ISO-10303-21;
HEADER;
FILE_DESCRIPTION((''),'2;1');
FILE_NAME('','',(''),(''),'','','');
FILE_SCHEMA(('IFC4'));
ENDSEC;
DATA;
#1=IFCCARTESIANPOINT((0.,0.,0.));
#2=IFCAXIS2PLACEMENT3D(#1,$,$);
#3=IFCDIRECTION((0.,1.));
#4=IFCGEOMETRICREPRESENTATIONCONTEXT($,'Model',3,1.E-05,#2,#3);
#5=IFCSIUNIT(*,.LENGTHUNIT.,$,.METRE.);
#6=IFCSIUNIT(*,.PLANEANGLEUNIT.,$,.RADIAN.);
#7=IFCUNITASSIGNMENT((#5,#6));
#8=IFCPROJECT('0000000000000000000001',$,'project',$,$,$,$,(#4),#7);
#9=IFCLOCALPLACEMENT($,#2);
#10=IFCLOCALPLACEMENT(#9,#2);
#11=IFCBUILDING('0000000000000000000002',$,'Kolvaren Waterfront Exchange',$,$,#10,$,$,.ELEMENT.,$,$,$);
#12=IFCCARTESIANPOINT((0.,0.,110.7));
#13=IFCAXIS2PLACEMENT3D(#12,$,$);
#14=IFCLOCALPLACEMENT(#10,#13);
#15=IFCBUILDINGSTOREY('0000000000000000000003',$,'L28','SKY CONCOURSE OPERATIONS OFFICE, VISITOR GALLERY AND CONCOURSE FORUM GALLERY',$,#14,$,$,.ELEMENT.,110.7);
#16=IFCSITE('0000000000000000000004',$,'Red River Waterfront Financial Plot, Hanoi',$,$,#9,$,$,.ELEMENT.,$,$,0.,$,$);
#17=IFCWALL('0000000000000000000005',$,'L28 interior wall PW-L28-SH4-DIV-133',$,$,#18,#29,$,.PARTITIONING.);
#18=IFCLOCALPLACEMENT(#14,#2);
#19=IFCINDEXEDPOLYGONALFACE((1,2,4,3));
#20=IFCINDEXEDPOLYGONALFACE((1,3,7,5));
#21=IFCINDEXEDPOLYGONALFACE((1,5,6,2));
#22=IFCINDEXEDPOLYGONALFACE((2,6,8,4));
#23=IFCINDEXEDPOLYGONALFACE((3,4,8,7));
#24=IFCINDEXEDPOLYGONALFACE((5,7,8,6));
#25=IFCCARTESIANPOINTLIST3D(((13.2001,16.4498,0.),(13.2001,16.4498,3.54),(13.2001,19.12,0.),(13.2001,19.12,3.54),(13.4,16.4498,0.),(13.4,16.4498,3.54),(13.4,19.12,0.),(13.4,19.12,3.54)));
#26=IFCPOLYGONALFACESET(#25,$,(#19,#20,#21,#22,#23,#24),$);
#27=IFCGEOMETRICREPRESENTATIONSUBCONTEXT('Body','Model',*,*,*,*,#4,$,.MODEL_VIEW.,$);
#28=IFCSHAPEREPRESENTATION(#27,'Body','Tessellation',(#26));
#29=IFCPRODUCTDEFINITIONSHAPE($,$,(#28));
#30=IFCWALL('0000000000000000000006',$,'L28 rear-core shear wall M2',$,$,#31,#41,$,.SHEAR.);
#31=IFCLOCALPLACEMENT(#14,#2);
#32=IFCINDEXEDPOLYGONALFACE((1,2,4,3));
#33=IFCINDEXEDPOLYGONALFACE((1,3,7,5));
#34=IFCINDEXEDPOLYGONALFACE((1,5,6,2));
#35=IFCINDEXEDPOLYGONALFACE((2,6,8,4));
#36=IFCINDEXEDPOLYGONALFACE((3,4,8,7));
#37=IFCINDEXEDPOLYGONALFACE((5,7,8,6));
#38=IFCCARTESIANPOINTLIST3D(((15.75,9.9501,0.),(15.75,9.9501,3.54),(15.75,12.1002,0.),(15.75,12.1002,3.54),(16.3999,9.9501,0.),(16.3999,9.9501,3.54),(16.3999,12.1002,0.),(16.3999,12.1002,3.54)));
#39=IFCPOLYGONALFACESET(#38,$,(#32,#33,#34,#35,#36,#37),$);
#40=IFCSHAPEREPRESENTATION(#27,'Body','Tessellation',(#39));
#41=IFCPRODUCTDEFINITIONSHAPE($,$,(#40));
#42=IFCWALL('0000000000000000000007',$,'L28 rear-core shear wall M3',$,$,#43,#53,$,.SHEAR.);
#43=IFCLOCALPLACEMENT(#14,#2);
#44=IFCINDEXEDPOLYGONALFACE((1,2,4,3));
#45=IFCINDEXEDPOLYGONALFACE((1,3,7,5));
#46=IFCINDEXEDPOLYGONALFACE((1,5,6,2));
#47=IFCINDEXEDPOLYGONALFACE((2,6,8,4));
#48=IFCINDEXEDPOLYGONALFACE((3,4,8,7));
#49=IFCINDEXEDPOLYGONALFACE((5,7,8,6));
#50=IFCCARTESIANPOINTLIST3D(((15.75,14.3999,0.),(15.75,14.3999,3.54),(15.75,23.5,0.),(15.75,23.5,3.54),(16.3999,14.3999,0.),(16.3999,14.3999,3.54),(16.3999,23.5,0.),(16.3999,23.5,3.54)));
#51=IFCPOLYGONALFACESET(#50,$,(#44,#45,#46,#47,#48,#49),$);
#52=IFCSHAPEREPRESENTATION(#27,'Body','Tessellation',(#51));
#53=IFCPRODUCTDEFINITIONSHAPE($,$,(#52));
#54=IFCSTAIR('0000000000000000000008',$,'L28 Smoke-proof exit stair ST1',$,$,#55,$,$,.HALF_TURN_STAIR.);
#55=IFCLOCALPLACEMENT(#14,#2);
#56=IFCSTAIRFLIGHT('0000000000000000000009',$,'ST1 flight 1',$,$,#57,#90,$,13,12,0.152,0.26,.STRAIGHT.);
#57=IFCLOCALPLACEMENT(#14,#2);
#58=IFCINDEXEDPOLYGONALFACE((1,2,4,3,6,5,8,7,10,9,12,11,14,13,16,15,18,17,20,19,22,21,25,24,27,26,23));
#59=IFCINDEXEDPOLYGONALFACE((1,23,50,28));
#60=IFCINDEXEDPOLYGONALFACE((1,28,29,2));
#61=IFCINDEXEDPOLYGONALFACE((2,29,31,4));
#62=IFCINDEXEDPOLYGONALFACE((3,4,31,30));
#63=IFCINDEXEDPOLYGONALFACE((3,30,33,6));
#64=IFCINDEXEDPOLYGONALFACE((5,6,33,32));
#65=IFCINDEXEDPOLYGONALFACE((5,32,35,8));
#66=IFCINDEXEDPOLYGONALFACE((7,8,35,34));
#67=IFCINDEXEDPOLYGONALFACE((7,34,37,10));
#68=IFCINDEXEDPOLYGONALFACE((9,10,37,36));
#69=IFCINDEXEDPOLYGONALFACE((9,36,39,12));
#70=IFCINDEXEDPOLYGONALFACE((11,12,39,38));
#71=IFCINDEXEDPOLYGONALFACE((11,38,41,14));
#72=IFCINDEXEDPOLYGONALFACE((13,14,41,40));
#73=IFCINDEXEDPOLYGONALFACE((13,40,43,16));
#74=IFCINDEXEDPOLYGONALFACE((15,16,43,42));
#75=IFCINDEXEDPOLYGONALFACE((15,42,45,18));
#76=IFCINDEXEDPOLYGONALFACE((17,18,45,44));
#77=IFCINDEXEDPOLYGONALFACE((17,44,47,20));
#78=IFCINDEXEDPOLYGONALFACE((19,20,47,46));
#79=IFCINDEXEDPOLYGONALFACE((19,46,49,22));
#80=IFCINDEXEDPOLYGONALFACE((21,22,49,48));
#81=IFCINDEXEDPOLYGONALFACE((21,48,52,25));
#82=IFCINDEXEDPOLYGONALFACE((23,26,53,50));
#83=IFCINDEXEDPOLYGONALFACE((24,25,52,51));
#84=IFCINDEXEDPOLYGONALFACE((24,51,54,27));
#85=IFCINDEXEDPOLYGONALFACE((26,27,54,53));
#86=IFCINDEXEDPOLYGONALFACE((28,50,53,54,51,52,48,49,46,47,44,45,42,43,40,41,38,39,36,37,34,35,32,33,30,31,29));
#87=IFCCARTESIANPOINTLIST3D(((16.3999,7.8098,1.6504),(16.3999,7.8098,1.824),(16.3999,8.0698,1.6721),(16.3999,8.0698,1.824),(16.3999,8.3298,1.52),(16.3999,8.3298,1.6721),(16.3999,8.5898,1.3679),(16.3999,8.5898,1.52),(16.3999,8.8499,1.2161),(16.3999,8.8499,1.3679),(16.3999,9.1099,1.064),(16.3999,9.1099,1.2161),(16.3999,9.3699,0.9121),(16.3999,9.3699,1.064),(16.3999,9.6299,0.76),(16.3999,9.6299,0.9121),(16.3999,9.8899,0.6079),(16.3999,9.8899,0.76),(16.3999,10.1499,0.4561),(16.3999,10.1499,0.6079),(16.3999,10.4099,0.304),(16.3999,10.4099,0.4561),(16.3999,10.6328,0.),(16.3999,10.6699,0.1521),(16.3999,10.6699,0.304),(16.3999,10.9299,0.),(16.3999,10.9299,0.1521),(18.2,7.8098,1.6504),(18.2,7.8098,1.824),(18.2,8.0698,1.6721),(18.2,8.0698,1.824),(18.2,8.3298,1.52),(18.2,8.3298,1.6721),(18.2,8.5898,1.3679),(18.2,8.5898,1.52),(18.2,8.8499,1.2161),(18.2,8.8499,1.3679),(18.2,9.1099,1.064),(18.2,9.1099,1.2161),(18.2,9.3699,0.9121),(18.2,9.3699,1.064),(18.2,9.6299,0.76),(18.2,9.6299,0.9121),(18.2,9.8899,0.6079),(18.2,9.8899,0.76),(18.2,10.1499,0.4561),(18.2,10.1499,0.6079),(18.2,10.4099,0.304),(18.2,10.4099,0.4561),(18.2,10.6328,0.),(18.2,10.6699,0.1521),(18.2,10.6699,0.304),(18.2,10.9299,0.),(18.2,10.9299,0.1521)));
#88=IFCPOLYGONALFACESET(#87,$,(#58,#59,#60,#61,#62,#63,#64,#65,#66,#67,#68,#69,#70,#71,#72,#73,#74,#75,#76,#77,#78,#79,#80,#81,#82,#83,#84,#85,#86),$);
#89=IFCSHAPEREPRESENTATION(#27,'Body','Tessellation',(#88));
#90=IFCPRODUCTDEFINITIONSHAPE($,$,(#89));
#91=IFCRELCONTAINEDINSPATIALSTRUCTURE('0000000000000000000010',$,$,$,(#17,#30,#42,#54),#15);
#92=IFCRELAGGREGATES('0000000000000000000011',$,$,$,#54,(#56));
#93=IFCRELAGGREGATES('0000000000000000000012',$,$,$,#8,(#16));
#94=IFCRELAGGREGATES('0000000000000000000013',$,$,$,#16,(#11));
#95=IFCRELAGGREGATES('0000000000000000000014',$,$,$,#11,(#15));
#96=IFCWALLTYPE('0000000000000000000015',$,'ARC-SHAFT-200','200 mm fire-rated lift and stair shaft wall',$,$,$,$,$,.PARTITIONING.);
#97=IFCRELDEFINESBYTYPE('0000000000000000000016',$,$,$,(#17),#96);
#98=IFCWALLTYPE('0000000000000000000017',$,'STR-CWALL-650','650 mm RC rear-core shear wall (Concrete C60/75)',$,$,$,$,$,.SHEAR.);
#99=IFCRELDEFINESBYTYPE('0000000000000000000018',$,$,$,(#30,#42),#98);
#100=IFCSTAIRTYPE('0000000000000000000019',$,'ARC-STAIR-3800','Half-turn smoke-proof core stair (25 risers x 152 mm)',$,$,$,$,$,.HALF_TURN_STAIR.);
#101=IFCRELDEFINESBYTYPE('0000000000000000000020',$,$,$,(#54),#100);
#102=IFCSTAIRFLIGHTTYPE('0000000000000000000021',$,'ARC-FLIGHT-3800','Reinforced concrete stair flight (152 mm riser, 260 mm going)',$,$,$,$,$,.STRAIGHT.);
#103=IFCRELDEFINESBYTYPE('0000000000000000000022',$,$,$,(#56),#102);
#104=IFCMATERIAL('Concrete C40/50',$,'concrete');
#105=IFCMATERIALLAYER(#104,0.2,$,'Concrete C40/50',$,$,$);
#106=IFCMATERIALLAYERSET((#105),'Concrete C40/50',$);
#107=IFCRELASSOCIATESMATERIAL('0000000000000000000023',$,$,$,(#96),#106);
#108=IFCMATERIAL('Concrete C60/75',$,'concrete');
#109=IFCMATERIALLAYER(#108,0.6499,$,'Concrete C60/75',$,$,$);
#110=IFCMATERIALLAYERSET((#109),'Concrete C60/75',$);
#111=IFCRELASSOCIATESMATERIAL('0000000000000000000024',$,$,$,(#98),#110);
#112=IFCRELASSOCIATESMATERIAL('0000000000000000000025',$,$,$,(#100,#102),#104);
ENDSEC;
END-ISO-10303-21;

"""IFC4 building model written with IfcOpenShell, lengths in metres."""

from ifc_helpers import new_model, si_unit, direction, frame, frame_2d, origin, place, context, subcontext, project, spatial, polyline, rectangle, outline, extrude, material, layer, layer_set, type_object, element, aggregate, save


model = new_model("IFC4")

# Units and contexts
model_context = context("Model", 3, precision=1e-05, world=origin(), true_north=direction((0.0, 1.0)))
body_context = subcontext(model_context, "Body", "Model", "MODEL_VIEW")
ifc_project = project(units=[si_unit("LENGTHUNIT", "METRE"), si_unit("PLANEANGLEUNIT", "RADIAN")], contexts=[model_context])

# Site, building, storey
site_placement = place(None, origin())
site = spatial("IfcSite", under=ifc_project, at=site_placement, Name="Red River Waterfront Financial Plot, Hanoi", CompositionType="ELEMENT", RefElevation=0.0)
building_placement = place(site_placement, origin())
building = spatial("IfcBuilding", under=site, at=building_placement, Name="Kolvaren Waterfront Exchange", CompositionType="ELEMENT")
storey_placement = place(building_placement, frame((0.0, 0.0, 110.7)))
storey = spatial("IfcBuildingStorey", under=building, at=storey_placement, Name="L28", Description="SKY CONCOURSE OPERATIONS OFFICE, VISITOR GALLERY AND CONCOURSE FORUM GALLERY", CompositionType="ELEMENT", Elevation=110.7)

# Shared definitions
ifc_material_1 = material(Name="Concrete C60/75", Category="concrete")

# Walls
ifc_material_2 = material(Name="Concrete C40/50", Category="concrete")
ifc_layer_1 = layer(ifc_material_2, 0.2, Name="Concrete C40/50")
ifc_layer_set_1 = layer_set([ifc_layer_1], Name="Concrete C40/50")
wall_type_1 = type_object("IfcWallType", Name="ARC-SHAFT-200", Description="200 mm fire-rated lift and stair shaft wall", PredefinedType="PARTITIONING", material=ifc_layer_set_1)
for number, where, z_axis, x_axis, name in (
    (1, (13.3, 16.45, 0.0), (0.0, 0.0, 1.0), (0.0, 1.0, 0.0), "L28 interior wall PW-L28-SH4-DIV-133"),
):
    element("IfcWall", number, at=place(storey_placement, frame(where, z_axis=z_axis, x_axis=x_axis)), inside=storey, type_object=wall_type_1, Name=name, PredefinedType="PARTITIONING", context=body_context, shape_type="SweptSolid", body=[
        extrude(rectangle(XDim=2.6702, YDim=0.2, at=frame_2d((1.335, 0.0))), origin(), (0.0, 0.0, 1.0), 3.54),
    ])
ifc_layer_2 = layer(ifc_material_1, 0.6499, Name="Concrete C60/75")
ifc_layer_set_2 = layer_set([ifc_layer_2], Name="Concrete C60/75")
wall_type_2 = type_object("IfcWallType", Name="STR-CWALL-650", Description="650 mm RC rear-core shear wall (Concrete C60/75)", PredefinedType="SHEAR", material=ifc_layer_set_2)
wall_1_placement = place(storey_placement, frame((16.075, 9.95, 0.0), z_axis=(0.0, 0.0, 1.0), x_axis=(0.0, 1.0, 0.0)))
element("IfcWall", 2, at=wall_1_placement, inside=storey, type_object=wall_type_2, Name="L28 rear-core shear wall M2", PredefinedType="SHEAR", context=body_context, shape_type="SweptSolid", body=[
    extrude(rectangle(XDim=2.1501, YDim=0.6499, at=frame_2d((1.0752, 0.0))), origin(), (0.0, 0.0, 1.0), 3.54),
])
wall_2_placement = place(storey_placement, frame((16.075, 14.3999, 0.0), z_axis=(0.0, 0.0, 1.0), x_axis=(0.0, 1.0, 0.0)))
element("IfcWall", 3, at=wall_2_placement, inside=storey, type_object=wall_type_2, Name="L28 rear-core shear wall M3", PredefinedType="SHEAR", context=body_context, shape_type="SweptSolid", body=[
    extrude(rectangle(XDim=9.1001, YDim=0.6499, at=frame_2d((4.55, 0.0))), origin(), (0.0, 0.0, 1.0), 3.54),
])

# Stair, stair flight
stair_type = type_object("IfcStairType", Name="ARC-STAIR-3800", Description="Half-turn smoke-proof core stair (25 risers x 152 mm)", PredefinedType="HALF_TURN_STAIR", material=ifc_material_2)
stair_placement = place(storey_placement, origin())
stair = element("IfcStair", 4, at=stair_placement, inside=storey, type_object=stair_type, Name="L28 Smoke-proof exit stair ST1", PredefinedType="HALF_TURN_STAIR")
stair_flight_type = type_object("IfcStairFlightType", Name="ARC-FLIGHT-3800", Description="Reinforced concrete stair flight (152 mm riser, 260 mm going)", PredefinedType="STRAIGHT", material=ifc_material_2)
stair_flight_placement = place(storey_placement, frame((17.3, 10.9299, 0.0), z_axis=(0.0, 0.0, 1.0), x_axis=(0.0, -1.0, 0.0)))
stair_flight = element("IfcStairFlight", 5, at=stair_flight_placement, type_object=stair_flight_type, Name="ST1 flight 1", NumberOfRisers=13, NumberOfTreads=12, PredefinedType="STRAIGHT", RiserHeight=0.152, TreadLength=0.26, context=body_context, shape_type="SweptSolid", body=[
    extrude(outline(polyline([(0.0, 0.0), (0.0, 0.1521), (0.26, 0.1521), (0.26, 0.304), (0.52, 0.304), (0.52, 0.4561), (0.78, 0.4561), (0.78, 0.6079), (1.04, 0.6079), (1.04, 0.76), (1.3, 0.76), (1.3, 0.9121), (1.5601, 0.9121), (1.5601, 1.064), (1.8201, 1.064), (1.8201, 1.2161), (2.0801, 1.2161), (2.0801, 1.3679), (2.3401, 1.3679), (2.3401, 1.52), (2.6001, 1.52), (2.6001, 1.6721), (2.8601, 1.6721), (2.8601, 1.824), (3.1201, 1.824), (3.1201, 1.9761), (3.1201, 1.6504), (0.2971, 0.0), (0.0, 0.0)])), frame((0.0, 0.8999, 0.0), z_axis=(0.0, -1.0, 0.0), x_axis=(1.0, 0.0, 0.0)), (0.0, 0.0, 1.0), 1.8),
])
aggregate(stair, [stair_flight])

save(model, "model.ifc")
